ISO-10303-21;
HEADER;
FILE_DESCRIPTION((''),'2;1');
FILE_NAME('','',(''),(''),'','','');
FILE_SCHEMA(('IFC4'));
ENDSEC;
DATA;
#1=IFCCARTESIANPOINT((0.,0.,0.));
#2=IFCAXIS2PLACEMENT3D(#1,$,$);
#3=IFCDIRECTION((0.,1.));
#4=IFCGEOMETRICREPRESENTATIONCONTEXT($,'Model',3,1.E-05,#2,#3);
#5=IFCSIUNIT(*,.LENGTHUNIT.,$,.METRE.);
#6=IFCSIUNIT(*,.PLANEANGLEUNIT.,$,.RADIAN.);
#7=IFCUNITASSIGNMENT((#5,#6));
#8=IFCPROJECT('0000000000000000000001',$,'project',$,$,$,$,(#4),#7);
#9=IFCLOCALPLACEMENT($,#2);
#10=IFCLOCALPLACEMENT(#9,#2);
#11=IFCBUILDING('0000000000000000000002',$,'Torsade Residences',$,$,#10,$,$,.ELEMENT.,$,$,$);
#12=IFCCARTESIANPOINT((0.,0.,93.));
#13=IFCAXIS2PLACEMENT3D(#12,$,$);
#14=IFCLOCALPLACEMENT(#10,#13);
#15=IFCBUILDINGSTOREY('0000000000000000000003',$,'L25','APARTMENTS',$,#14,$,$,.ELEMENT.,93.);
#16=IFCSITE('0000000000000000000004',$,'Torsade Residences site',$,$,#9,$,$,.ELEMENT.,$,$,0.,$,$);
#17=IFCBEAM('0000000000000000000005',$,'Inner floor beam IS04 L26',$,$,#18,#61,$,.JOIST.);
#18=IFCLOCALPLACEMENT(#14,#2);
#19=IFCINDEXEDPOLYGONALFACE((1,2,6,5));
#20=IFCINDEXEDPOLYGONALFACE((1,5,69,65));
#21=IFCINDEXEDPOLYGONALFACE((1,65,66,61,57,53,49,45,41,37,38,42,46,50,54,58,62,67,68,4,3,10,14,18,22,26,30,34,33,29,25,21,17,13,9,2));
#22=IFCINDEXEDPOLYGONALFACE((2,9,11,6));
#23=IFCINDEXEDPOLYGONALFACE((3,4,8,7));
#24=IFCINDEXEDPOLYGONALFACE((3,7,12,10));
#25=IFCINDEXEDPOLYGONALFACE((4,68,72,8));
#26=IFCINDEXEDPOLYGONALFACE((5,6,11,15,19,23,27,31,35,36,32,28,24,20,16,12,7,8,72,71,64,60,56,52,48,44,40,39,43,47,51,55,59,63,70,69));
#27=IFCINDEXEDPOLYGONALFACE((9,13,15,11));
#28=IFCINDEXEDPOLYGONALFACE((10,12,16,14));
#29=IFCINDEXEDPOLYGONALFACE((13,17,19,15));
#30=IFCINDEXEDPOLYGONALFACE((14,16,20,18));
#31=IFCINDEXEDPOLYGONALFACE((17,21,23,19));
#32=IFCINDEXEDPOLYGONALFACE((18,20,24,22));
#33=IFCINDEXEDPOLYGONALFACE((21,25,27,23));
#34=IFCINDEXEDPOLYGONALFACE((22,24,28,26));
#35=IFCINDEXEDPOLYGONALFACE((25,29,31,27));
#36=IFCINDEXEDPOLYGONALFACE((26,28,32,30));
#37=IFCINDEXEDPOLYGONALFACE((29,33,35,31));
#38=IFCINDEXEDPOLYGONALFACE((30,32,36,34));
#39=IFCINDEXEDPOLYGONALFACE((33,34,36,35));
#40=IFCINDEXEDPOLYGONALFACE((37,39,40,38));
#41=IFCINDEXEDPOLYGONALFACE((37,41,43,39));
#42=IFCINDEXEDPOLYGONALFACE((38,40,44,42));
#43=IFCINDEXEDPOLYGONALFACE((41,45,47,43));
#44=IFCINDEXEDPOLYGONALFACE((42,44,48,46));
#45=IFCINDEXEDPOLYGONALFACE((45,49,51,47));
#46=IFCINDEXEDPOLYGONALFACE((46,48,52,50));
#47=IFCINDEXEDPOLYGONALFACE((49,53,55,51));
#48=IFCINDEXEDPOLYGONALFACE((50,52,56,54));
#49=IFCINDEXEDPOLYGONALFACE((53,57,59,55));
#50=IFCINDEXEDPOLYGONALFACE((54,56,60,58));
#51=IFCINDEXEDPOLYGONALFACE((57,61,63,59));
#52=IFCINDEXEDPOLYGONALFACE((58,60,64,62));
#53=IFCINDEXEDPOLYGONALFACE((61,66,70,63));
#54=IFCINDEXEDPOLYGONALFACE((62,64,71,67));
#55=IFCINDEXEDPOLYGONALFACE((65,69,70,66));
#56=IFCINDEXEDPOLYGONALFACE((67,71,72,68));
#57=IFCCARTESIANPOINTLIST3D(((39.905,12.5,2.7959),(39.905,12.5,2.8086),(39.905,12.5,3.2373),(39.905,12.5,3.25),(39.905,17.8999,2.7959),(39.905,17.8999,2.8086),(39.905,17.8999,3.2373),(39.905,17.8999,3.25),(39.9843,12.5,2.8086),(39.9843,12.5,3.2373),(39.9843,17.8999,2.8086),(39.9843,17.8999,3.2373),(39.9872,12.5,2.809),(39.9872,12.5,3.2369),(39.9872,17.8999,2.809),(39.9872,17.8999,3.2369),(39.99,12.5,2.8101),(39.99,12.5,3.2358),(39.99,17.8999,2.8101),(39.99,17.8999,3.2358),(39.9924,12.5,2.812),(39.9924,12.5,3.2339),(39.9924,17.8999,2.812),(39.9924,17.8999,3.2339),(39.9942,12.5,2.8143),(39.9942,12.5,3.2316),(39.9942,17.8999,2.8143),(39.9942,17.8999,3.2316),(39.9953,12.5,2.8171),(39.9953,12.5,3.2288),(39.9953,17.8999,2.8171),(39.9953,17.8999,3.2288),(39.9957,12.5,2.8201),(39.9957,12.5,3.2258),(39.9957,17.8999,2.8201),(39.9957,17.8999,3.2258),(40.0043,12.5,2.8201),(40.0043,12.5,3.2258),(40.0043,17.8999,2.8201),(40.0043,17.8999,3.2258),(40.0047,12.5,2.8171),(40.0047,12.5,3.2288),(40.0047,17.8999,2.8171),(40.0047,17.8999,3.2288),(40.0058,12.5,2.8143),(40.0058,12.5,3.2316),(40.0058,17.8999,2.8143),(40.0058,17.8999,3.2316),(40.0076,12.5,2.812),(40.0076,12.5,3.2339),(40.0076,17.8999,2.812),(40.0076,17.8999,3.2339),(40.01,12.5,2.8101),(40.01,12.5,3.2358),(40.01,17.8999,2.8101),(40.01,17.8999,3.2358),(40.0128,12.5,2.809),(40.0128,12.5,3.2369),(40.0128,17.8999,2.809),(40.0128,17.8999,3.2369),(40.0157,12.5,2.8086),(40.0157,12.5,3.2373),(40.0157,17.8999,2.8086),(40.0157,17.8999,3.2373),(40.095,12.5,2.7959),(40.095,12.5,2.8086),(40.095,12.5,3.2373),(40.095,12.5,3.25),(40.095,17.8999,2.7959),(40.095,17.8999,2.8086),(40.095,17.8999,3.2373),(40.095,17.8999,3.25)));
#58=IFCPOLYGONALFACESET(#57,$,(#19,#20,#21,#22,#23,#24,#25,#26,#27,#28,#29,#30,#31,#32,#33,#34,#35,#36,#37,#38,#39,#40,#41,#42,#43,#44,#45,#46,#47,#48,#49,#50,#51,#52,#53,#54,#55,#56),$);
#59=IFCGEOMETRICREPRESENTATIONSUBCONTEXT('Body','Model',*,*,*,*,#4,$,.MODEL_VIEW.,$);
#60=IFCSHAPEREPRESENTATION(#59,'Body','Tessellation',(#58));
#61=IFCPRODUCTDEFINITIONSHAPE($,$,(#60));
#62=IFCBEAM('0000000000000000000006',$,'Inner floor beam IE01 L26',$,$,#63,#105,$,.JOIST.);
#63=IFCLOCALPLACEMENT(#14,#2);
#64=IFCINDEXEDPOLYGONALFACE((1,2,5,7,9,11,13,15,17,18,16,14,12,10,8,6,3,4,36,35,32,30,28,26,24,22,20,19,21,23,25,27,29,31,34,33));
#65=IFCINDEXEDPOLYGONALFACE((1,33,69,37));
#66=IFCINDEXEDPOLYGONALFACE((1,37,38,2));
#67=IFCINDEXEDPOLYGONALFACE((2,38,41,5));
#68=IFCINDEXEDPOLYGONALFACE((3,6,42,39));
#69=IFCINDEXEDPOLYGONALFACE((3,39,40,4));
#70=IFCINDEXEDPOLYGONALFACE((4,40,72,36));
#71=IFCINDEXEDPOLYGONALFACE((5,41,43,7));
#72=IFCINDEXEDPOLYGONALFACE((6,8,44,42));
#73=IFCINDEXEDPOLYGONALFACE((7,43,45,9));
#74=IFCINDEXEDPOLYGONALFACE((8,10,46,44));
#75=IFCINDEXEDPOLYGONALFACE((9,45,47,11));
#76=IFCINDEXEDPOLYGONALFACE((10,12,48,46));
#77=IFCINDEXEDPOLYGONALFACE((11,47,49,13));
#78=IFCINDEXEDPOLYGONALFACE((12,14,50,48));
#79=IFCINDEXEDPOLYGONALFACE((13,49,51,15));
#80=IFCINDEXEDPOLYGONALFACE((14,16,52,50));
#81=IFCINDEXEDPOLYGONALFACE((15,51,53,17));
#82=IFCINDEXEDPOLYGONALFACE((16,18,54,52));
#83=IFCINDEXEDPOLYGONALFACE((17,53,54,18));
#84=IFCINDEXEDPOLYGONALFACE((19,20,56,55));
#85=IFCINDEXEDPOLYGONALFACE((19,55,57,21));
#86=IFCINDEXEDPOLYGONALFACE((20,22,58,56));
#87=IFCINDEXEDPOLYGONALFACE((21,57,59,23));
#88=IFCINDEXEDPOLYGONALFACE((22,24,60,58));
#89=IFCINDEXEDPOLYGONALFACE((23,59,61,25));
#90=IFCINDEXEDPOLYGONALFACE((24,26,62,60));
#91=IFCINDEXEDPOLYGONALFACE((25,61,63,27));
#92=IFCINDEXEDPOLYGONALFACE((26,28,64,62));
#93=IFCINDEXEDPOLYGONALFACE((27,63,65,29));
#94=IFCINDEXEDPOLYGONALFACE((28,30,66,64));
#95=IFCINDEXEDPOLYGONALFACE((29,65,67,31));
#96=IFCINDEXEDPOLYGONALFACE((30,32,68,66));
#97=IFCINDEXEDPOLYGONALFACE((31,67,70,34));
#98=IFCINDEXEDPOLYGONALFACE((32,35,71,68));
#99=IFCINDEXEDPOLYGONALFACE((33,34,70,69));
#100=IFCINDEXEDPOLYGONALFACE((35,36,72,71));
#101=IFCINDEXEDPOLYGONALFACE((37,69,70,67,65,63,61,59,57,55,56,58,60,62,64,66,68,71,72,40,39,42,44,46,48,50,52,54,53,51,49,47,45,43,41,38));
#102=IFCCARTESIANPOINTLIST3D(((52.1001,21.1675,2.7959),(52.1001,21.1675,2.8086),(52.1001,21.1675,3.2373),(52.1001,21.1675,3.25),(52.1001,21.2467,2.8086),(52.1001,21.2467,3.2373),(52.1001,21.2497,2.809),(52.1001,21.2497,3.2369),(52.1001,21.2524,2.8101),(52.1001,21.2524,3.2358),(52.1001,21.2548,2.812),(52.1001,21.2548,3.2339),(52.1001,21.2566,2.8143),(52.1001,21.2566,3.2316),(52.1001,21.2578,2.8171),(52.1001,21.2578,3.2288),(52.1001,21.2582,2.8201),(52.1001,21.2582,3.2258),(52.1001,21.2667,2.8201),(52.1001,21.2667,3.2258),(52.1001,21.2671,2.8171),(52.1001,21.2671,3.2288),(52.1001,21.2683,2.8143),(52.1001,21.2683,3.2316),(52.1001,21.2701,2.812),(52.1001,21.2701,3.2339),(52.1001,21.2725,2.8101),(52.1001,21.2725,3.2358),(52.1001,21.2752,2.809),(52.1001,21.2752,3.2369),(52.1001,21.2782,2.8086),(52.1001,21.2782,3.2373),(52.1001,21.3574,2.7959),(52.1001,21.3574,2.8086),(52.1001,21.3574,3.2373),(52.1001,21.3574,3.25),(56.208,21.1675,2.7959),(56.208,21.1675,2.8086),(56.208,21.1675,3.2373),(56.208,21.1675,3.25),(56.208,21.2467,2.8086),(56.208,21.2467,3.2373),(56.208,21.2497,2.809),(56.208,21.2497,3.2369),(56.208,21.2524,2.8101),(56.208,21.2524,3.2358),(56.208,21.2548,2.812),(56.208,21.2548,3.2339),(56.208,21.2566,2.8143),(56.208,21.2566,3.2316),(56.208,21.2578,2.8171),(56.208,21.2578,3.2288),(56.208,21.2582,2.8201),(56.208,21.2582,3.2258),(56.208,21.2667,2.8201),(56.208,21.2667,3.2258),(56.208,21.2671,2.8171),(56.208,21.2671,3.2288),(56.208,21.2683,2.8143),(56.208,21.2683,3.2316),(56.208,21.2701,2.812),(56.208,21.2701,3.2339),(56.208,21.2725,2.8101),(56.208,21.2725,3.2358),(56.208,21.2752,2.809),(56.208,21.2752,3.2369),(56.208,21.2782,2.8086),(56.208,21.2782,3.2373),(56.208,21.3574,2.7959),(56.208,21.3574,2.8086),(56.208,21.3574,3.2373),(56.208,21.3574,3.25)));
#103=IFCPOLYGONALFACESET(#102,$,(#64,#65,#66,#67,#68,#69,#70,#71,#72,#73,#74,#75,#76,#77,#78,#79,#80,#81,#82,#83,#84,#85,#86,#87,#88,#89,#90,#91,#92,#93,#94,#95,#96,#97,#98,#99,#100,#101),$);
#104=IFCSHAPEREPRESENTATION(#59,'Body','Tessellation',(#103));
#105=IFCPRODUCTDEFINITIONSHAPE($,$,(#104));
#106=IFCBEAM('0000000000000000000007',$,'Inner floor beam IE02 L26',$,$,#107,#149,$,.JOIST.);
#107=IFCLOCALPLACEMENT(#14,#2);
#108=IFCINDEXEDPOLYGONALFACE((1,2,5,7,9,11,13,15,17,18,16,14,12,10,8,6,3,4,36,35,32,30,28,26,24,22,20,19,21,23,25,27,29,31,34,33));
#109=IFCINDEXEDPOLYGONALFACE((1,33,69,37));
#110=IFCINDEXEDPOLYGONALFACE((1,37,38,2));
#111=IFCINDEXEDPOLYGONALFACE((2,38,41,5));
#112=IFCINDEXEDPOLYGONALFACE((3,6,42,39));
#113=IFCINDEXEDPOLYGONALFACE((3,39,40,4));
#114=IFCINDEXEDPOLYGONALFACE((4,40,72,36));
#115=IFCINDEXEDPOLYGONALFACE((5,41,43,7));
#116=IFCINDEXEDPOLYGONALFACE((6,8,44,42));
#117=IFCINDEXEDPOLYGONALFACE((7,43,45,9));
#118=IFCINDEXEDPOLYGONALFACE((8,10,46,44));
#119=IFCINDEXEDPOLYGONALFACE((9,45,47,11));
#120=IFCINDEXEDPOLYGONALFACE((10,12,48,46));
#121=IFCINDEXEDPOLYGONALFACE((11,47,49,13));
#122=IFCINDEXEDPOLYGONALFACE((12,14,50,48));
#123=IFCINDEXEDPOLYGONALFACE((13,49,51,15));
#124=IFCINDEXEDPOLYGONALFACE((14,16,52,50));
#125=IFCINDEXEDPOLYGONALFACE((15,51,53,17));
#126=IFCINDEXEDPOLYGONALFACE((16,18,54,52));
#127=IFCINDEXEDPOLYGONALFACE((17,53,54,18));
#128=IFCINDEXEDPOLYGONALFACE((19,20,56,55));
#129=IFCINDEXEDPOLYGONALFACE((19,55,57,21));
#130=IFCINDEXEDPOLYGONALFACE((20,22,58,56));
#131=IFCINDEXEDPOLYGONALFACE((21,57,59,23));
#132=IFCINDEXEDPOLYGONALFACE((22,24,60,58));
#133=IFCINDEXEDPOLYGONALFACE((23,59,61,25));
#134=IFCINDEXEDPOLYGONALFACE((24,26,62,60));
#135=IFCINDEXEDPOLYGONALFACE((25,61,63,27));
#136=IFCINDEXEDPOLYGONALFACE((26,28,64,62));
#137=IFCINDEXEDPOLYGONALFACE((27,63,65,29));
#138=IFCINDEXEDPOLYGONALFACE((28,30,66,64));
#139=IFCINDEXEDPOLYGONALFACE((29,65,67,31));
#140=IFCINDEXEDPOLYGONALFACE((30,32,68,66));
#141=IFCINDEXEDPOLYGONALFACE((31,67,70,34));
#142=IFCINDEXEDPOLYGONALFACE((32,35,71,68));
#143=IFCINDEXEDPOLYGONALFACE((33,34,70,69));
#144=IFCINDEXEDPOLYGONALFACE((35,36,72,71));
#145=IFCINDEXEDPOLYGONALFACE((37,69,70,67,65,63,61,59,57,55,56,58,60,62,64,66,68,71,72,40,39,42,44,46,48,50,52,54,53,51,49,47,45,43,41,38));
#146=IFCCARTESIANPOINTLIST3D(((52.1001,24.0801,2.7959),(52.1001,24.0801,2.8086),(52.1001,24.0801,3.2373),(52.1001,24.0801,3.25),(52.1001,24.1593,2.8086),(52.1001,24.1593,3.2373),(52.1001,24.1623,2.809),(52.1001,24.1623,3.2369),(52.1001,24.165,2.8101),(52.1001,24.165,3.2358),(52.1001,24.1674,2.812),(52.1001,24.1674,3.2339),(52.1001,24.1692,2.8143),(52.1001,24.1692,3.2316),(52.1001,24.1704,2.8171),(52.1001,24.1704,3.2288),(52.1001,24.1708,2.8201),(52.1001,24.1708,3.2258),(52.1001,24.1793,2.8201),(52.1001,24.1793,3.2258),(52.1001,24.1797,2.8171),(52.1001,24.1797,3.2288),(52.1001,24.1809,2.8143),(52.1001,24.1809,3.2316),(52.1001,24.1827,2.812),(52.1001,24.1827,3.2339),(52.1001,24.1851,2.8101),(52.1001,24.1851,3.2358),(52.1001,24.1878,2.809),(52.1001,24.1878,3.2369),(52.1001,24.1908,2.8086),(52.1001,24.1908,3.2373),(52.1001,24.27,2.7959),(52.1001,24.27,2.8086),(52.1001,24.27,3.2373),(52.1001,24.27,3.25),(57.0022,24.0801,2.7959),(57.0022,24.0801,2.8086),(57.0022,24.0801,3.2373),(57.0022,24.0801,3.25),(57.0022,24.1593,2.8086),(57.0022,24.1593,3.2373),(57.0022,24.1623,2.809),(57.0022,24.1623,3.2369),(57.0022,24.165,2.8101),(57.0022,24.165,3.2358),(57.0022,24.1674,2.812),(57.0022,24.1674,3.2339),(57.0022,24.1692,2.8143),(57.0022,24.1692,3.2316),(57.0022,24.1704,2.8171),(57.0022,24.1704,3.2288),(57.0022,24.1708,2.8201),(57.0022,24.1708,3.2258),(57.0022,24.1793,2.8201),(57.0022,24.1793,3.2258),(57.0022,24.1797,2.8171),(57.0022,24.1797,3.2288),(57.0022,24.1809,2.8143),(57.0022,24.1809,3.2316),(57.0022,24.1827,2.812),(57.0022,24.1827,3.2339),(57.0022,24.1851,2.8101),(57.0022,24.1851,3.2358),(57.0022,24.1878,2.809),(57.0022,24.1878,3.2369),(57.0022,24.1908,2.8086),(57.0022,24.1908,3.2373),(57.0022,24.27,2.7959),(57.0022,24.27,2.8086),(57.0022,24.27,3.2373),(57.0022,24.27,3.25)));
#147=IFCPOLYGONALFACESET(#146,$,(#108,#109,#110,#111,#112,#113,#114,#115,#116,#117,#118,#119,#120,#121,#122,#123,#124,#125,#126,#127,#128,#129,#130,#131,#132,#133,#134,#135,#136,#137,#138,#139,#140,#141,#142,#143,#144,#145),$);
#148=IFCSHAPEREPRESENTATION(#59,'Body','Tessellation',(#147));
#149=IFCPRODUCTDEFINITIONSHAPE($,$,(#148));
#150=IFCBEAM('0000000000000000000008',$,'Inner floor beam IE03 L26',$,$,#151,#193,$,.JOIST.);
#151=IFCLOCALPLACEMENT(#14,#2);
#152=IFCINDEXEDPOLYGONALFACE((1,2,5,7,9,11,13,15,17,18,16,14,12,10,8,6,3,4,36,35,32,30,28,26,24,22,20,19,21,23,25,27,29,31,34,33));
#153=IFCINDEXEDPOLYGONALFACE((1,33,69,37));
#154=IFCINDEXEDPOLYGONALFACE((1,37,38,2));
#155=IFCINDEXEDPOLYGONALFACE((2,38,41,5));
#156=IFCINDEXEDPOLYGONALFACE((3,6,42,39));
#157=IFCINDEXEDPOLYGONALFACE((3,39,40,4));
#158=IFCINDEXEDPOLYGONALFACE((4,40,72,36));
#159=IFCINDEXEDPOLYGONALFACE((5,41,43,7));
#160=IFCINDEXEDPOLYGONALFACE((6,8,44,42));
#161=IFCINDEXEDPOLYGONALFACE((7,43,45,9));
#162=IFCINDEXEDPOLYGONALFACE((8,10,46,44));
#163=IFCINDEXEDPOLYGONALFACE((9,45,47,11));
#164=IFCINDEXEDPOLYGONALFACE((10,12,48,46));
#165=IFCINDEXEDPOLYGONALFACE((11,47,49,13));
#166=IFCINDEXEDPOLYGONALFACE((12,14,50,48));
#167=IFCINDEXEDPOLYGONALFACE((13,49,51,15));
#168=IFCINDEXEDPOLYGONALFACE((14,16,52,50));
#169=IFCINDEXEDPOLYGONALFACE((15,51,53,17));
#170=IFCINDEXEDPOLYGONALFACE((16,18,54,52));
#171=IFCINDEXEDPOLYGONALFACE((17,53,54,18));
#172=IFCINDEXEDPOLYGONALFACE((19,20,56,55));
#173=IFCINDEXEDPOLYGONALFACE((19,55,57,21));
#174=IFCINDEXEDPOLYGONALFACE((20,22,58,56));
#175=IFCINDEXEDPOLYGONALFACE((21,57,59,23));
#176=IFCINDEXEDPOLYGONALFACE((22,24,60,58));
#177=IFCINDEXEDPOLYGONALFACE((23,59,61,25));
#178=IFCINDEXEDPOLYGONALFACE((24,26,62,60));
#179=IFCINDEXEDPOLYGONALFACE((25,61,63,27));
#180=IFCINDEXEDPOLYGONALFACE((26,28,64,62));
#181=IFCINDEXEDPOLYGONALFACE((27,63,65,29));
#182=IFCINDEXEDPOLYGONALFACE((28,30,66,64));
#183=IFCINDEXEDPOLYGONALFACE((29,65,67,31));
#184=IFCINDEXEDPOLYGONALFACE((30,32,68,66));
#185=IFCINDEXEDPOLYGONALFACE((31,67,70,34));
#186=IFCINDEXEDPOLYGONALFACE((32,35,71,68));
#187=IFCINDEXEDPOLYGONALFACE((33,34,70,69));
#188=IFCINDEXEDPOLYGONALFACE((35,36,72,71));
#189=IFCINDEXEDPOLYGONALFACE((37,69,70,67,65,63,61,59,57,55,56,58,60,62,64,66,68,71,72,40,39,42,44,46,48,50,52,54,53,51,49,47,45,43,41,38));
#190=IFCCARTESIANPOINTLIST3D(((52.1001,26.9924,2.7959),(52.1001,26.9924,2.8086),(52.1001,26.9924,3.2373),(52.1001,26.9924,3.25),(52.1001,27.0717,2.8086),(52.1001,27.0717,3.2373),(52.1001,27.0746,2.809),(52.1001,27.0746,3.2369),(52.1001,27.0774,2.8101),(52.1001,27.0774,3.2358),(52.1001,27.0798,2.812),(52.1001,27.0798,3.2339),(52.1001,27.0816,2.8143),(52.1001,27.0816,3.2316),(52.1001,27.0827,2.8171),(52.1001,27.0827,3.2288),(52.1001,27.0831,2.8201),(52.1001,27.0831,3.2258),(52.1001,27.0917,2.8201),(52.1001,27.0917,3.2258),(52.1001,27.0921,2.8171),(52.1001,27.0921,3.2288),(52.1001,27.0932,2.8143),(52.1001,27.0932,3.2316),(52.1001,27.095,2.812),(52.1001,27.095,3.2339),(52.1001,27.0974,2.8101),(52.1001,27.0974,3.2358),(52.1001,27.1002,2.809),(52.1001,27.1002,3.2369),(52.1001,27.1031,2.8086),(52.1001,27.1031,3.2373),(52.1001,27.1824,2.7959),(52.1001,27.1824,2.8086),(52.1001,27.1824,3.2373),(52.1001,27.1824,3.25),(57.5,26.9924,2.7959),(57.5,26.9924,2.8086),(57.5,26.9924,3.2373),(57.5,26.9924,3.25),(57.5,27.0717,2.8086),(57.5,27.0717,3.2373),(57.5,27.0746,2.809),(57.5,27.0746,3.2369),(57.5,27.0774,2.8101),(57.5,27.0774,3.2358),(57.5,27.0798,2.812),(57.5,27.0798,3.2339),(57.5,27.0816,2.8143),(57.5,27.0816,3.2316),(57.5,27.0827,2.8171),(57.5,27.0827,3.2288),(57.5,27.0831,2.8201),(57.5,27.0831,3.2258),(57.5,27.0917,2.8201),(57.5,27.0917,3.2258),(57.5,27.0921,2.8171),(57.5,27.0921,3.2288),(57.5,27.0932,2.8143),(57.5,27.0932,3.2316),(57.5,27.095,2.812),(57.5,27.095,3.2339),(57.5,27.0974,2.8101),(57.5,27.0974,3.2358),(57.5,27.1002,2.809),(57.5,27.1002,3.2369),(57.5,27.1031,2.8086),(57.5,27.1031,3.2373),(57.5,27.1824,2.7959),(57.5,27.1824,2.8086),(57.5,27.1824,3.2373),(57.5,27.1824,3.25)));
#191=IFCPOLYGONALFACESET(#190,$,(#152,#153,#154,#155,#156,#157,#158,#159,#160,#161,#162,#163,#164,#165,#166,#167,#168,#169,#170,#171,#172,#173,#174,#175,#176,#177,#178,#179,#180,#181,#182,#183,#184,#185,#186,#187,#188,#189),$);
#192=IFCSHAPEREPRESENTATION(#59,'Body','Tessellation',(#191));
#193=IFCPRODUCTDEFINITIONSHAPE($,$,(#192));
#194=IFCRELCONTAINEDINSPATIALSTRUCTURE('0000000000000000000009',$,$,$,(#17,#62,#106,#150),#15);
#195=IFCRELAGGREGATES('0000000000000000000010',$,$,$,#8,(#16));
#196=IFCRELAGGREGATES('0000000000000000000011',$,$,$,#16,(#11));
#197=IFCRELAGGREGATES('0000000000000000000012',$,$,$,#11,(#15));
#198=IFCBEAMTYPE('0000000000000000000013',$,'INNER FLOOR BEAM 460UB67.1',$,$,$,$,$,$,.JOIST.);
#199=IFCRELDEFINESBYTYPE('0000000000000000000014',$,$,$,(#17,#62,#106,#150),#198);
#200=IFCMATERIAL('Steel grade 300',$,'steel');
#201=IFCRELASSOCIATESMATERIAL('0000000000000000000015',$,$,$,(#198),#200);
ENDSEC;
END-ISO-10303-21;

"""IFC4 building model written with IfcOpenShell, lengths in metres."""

from ifc_helpers import new_model, si_unit, direction, frame, origin, origin_2d, place, context, subcontext, project, spatial, i_section, extrude, material, material_profile, profile_set, type_object, element, save


model = new_model("IFC4")

# Units and contexts
model_context = context("Model", 3, precision=1e-05, world=origin(), true_north=direction((0.0, 1.0)))
body_context = subcontext(model_context, "Body", "Model", "MODEL_VIEW")
ifc_project = project(units=[si_unit("LENGTHUNIT", "METRE"), si_unit("PLANEANGLEUNIT", "RADIAN")], contexts=[model_context])

# Site, building, storey
site_placement = place(None, origin())
site = spatial("IfcSite", under=ifc_project, at=site_placement, Name="Torsade Residences site", CompositionType="ELEMENT", RefElevation=0.0)
building_placement = place(site_placement, origin())
building = spatial("IfcBuilding", under=site, at=building_placement, Name="Torsade Residences", CompositionType="ELEMENT")
storey_placement = place(building_placement, frame((0.0, 0.0, 93.0)))
storey = spatial("IfcBuildingStorey", under=building, at=storey_placement, Name="L25", Description="APARTMENTS", CompositionType="ELEMENT", Elevation=93.0)

# Beams
ifc_material_1 = material(Name="Steel grade 300", Category="steel")
ifc_material_profile_1 = material_profile(ifc_material_1, i_section(OverallWidth=0.1899, OverallDepth=0.4541, WebThickness=0.0085, FlangeThickness=0.0127, FilletRadius=0.0115, at=origin_2d()), Name="460UB67.1")
ifc_profile_set_1 = profile_set([ifc_material_profile_1], Name="Steel grade 300")
beam_type_1 = type_object("IfcBeamType", Name="INNER FLOOR BEAM 460UB67.1", PredefinedType="JOIST", material=ifc_profile_set_1)
for number, where, z_axis, x_axis, name in (
    (1, (40.0, 17.8999, 3.0229), (0.0, -1.0, 0.0), (1.0, 0.0, 0.0), "Inner floor beam IS04 L26"),
):
    element("IfcBeam", number, at=place(storey_placement, frame(where, z_axis=z_axis, x_axis=x_axis)), inside=storey, type_object=beam_type_1, Name=name, PredefinedType="JOIST", context=body_context, shape_type="SweptSolid", body=[
        extrude(i_section(OverallWidth=0.1899, OverallDepth=0.4541, WebThickness=0.0085, FlangeThickness=0.0127, FilletRadius=0.0115, at=origin_2d()), origin(), (0.0, 0.0, 1.0), 5.3999),
    ])
beam_1_placement = place(storey_placement, frame((52.1001, 21.2625, 3.0229), z_axis=(1.0, 0.0, 0.0), x_axis=(0.0, 1.0, 0.0)))
element("IfcBeam", 2, at=beam_1_placement, inside=storey, type_object=beam_type_1, Name="Inner floor beam IE01 L26", PredefinedType="JOIST", context=body_context, shape_type="SweptSolid", body=[
    extrude(i_section(OverallWidth=0.1899, OverallDepth=0.4541, WebThickness=0.0085, FlangeThickness=0.0127, FilletRadius=0.0115, at=origin_2d()), origin(), (0.0, 0.0, 1.0), 4.1079),
])
beam_2_placement = place(storey_placement, frame((52.1001, 24.175, 3.0229), z_axis=(1.0, 0.0, 0.0), x_axis=(0.0, 1.0, 0.0)))
element("IfcBeam", 3, at=beam_2_placement, inside=storey, type_object=beam_type_1, Name="Inner floor beam IE02 L26", PredefinedType="JOIST", context=body_context, shape_type="SweptSolid", body=[
    extrude(i_section(OverallWidth=0.1899, OverallDepth=0.4541, WebThickness=0.0085, FlangeThickness=0.0127, FilletRadius=0.0115, at=origin_2d()), origin(), (0.0, 0.0, 1.0), 4.9021),
])
beam_3_placement = place(storey_placement, frame((52.1001, 27.0874, 3.0229), z_axis=(1.0, 0.0, 0.0), x_axis=(0.0, 1.0, 0.0)))
element("IfcBeam", 4, at=beam_3_placement, inside=storey, type_object=beam_type_1, Name="Inner floor beam IE03 L26", PredefinedType="JOIST", context=body_context, shape_type="SweptSolid", body=[
    extrude(i_section(OverallWidth=0.1899, OverallDepth=0.4541, WebThickness=0.0085, FlangeThickness=0.0127, FilletRadius=0.0115, at=origin_2d()), origin(), (0.0, 0.0, 1.0), 5.3999),
])

save(model, "model.ifc")
